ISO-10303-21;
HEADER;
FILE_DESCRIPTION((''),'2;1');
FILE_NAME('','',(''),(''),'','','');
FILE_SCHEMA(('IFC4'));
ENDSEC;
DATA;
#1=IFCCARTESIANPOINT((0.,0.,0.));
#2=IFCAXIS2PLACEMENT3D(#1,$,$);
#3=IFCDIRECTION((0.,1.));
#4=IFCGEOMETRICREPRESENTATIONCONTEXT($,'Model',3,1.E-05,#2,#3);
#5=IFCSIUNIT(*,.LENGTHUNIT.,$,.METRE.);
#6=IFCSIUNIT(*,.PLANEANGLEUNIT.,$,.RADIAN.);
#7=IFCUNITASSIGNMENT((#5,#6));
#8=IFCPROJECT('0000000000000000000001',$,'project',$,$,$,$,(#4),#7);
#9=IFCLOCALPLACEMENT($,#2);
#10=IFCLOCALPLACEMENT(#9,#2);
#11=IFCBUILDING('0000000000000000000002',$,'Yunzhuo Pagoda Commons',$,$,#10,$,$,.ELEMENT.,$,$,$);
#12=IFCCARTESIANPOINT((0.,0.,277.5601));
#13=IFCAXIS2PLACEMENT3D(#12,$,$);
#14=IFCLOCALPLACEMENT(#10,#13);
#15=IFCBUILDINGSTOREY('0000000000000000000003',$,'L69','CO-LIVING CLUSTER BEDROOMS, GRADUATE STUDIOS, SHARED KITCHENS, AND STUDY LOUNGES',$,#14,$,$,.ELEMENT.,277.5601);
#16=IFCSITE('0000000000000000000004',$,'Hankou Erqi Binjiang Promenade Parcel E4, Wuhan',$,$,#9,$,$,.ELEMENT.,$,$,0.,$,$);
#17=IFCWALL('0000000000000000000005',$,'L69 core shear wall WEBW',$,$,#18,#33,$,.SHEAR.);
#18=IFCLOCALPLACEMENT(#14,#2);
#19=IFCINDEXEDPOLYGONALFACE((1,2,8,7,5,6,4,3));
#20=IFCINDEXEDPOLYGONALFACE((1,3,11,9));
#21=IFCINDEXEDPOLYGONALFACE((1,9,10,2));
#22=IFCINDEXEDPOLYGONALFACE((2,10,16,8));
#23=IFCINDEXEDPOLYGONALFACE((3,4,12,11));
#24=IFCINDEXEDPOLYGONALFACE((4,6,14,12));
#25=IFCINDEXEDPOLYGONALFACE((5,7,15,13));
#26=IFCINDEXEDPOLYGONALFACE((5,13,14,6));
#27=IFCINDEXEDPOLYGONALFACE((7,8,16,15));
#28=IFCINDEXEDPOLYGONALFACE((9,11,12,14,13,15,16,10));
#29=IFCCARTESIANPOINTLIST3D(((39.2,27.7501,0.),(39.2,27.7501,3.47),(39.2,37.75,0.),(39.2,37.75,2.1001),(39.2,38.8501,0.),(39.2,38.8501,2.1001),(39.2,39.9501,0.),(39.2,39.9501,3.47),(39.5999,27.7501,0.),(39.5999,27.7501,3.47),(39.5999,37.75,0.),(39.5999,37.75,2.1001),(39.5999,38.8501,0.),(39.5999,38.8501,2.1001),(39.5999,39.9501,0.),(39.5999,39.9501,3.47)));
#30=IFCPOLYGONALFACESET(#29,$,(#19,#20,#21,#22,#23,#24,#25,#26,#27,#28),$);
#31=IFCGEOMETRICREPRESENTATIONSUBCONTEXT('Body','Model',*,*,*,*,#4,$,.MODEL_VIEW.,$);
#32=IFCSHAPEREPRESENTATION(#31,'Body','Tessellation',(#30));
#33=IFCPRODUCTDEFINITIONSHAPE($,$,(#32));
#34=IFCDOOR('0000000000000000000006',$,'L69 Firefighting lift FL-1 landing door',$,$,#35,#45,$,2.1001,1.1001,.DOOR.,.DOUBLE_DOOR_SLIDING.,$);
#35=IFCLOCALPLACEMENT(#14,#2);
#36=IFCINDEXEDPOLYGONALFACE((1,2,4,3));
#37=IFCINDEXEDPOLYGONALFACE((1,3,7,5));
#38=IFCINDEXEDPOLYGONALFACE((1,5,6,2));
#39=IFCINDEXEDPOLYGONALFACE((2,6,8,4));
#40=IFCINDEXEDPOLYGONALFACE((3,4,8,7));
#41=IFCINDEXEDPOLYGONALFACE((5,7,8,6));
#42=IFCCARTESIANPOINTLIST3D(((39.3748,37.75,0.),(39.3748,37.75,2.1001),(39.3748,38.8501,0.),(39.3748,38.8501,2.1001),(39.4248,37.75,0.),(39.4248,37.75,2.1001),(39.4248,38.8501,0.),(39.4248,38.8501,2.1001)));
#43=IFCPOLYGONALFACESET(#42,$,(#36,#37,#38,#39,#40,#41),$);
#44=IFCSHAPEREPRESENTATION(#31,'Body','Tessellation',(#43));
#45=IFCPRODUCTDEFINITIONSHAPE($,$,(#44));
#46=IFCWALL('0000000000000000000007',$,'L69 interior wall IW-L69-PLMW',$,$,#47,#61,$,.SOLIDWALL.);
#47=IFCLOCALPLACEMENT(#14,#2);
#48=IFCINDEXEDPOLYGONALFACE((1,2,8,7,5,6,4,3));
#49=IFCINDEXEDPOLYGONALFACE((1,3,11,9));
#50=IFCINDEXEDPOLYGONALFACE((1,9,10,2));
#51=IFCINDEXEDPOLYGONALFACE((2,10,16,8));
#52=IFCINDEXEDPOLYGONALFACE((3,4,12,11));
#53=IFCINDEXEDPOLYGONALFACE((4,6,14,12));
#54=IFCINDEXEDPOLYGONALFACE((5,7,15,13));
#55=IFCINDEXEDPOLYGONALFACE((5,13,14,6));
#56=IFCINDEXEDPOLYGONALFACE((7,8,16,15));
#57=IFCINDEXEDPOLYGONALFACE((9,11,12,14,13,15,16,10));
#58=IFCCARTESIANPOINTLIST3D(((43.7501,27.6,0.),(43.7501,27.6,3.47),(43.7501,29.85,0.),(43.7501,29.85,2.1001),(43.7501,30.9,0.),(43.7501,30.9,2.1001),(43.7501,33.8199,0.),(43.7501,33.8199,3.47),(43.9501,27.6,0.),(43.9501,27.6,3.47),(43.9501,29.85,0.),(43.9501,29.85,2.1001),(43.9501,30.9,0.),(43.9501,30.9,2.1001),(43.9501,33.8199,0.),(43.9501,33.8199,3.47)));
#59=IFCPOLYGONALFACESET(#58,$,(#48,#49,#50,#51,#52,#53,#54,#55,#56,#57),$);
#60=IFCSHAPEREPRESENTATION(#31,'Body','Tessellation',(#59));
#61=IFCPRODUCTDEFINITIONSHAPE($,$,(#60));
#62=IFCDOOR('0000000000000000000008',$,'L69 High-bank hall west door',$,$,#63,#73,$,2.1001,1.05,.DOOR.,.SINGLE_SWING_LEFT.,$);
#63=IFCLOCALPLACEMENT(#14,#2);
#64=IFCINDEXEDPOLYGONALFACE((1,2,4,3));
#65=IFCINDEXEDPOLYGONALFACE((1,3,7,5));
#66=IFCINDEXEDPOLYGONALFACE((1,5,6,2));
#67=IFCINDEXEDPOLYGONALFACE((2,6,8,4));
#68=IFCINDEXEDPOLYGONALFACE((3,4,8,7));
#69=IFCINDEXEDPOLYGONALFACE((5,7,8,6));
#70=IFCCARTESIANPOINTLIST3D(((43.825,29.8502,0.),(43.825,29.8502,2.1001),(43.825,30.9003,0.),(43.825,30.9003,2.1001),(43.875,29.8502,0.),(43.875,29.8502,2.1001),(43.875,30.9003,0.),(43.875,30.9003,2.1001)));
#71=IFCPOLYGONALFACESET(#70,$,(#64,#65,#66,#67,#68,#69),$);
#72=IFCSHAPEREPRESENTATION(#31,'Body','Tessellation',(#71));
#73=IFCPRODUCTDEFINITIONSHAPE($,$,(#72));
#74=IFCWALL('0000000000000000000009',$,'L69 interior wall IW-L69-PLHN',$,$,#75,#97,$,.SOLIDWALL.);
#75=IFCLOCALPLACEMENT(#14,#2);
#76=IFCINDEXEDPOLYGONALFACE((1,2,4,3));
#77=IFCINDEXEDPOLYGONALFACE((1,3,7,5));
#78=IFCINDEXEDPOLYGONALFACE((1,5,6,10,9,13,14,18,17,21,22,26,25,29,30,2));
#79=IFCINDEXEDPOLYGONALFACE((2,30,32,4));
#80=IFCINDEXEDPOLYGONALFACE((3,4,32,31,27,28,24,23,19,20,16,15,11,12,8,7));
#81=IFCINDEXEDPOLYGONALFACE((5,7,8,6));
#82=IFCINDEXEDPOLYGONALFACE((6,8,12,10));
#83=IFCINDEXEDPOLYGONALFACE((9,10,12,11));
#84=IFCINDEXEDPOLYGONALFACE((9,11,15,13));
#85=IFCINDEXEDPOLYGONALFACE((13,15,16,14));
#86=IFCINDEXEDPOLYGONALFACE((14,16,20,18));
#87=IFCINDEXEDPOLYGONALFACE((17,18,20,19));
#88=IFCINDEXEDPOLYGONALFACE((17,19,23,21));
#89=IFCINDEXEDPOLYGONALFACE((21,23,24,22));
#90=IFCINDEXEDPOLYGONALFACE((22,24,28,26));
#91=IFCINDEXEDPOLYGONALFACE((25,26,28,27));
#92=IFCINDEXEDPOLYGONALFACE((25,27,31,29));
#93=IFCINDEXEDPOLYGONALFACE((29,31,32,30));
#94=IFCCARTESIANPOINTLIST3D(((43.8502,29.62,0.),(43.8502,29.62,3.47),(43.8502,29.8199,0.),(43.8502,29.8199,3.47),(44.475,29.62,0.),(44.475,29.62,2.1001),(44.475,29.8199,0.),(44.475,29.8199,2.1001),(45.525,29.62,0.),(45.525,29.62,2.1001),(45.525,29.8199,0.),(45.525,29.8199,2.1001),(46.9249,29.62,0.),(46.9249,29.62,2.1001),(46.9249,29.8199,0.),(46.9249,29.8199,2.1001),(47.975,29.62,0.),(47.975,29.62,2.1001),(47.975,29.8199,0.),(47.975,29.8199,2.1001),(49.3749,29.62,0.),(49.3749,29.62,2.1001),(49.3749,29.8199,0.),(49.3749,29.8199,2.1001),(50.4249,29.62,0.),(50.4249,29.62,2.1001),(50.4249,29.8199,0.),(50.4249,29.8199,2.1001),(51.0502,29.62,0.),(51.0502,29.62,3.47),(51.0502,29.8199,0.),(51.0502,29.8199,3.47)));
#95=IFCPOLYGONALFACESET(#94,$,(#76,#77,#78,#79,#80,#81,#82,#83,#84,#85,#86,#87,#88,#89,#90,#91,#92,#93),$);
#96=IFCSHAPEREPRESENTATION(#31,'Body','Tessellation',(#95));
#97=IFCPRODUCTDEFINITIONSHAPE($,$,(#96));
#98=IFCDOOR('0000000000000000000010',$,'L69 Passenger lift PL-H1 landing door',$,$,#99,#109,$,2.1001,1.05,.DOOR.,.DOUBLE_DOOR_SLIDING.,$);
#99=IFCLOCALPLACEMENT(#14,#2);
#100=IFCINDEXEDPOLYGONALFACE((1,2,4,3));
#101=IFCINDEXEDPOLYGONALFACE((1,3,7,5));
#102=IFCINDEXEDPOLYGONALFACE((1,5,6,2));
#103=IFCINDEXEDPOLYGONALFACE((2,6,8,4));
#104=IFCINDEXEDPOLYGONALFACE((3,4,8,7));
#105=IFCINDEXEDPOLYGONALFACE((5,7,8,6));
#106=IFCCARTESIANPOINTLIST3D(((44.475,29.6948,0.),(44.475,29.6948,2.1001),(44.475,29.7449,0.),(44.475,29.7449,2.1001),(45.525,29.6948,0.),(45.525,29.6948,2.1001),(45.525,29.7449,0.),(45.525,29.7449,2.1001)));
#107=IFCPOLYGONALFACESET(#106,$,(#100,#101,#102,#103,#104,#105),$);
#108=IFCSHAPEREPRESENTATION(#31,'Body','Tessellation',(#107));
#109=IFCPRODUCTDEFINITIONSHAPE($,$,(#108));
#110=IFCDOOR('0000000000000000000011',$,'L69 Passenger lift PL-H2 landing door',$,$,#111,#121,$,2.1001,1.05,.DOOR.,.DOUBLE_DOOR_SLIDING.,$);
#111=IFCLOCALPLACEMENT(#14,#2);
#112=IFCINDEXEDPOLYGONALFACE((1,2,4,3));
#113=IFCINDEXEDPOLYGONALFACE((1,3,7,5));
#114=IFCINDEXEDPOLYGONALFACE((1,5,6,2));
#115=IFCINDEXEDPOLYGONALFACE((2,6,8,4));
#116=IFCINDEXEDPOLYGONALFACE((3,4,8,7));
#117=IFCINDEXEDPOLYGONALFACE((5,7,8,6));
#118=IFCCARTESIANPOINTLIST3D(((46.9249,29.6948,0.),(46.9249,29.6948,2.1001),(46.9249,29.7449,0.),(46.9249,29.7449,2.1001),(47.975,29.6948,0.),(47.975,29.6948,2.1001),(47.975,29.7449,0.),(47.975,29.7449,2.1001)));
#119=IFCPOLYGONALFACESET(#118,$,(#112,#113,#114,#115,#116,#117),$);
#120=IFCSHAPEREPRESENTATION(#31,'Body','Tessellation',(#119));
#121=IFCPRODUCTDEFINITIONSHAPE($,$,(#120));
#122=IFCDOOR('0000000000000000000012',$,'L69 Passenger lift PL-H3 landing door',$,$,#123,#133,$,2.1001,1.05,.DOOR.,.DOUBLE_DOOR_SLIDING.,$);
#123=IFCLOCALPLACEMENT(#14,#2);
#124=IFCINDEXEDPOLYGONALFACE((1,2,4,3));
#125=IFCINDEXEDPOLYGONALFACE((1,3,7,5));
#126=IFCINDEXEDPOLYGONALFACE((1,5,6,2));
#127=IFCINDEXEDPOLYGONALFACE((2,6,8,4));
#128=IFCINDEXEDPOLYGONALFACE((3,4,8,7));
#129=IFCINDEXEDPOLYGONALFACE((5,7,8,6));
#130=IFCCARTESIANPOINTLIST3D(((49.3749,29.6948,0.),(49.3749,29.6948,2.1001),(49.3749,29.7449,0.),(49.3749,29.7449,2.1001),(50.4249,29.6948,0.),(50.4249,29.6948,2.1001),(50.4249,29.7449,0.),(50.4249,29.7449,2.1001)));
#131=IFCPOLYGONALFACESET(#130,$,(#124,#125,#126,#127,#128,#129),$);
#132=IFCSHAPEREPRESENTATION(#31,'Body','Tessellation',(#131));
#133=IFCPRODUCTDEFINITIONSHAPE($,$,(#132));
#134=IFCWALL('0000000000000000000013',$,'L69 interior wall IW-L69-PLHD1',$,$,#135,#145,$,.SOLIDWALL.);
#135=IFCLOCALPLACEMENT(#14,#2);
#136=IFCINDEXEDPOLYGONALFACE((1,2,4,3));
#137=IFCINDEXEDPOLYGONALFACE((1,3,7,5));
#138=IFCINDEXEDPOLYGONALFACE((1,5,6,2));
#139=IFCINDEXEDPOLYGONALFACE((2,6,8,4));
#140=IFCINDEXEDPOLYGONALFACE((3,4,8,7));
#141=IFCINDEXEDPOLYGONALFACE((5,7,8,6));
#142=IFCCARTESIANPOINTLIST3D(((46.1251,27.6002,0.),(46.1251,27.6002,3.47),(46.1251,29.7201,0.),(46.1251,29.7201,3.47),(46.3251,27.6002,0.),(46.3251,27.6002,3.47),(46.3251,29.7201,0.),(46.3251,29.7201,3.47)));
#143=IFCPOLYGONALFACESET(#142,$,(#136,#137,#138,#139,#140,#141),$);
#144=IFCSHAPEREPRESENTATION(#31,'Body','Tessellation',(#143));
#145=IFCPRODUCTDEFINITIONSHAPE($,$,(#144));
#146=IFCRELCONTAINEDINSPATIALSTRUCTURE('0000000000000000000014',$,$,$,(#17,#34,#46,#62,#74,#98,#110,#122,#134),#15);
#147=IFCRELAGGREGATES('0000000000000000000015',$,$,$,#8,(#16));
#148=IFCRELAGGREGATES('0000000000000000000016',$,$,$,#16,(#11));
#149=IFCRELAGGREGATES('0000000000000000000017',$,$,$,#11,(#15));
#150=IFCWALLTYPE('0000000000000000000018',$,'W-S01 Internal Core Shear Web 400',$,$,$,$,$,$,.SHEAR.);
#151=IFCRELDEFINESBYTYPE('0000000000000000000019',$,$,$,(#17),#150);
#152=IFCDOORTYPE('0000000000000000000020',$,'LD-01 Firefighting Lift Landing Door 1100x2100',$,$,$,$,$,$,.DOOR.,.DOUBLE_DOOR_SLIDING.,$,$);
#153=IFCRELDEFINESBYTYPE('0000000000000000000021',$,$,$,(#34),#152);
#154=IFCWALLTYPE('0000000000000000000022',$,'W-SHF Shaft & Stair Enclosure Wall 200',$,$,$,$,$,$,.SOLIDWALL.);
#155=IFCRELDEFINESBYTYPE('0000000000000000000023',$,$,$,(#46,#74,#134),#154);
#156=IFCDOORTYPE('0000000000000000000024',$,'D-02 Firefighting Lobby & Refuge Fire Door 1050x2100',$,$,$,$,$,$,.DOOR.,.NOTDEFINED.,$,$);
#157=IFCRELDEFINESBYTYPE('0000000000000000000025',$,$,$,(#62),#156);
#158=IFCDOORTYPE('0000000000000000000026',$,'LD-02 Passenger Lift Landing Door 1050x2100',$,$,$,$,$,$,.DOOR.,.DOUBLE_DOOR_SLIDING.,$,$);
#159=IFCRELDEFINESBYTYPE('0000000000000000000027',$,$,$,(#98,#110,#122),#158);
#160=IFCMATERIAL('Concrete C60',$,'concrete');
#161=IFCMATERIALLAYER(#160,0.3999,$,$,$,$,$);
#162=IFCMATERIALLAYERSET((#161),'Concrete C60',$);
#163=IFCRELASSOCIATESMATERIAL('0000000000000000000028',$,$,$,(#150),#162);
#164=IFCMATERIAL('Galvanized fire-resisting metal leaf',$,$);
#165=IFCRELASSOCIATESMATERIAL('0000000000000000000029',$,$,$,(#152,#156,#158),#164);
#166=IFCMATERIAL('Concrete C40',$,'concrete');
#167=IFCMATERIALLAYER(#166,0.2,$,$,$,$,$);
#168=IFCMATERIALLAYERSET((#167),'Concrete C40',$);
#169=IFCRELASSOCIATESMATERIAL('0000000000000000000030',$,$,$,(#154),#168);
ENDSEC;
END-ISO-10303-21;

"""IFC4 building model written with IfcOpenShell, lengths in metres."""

from ifc_helpers import new_model, si_unit, direction, frame, frame_2d, origin, origin_with_axes, place, context, subcontext, project, spatial, rectangle, extrude, source, transform, mapped, material, layer, layer_set, type_object, element, fill, save


model = new_model("IFC4")

# Units and contexts
model_context = context("Model", 3, precision=1e-05, world=origin(), true_north=direction((0.0, 1.0)))
body_context = subcontext(model_context, "Body", "Model", "MODEL_VIEW")
ifc_project = project(units=[si_unit("LENGTHUNIT", "METRE"), si_unit("PLANEANGLEUNIT", "RADIAN")], contexts=[model_context])

# Site, building, storey
site_placement = place(None, origin())
site = spatial("IfcSite", under=ifc_project, at=site_placement, Name="Hankou Erqi Binjiang Promenade Parcel E4, Wuhan", CompositionType="ELEMENT", RefElevation=0.0)
building_placement = place(site_placement, origin())
building = spatial("IfcBuilding", under=site, at=building_placement, Name="Yunzhuo Pagoda Commons", CompositionType="ELEMENT")
storey_placement = place(building_placement, frame((0.0, 0.0, 277.5601)))
storey = spatial("IfcBuildingStorey", under=building, at=storey_placement, Name="L69", Description="CO-LIVING CLUSTER BEDROOMS, GRADUATE STUDIOS, SHARED KITCHENS, AND STUDY LOUNGES", CompositionType="ELEMENT", Elevation=277.5601)

# Shared definitions
ifc_material_1 = material(Name="Galvanized fire-resisting metal leaf")

# Walls, openings, doors
ifc_material_2 = material(Name="Concrete C60", Category="concrete")
ifc_layer_1 = layer(ifc_material_2, 0.3999)
ifc_layer_set_1 = layer_set([ifc_layer_1], Name="Concrete C60")
wall_type_1 = type_object("IfcWallType", Name="W-S01 Internal Core Shear Web 400", PredefinedType="SHEAR", material=ifc_layer_set_1)
wall_1_placement = place(storey_placement, frame((39.3999, 27.75, 0.0), z_axis=(0.0, 0.0, 1.0), x_axis=(0.0, 1.0, 0.0)))
wall_1 = element("IfcWall", 1, at=wall_1_placement, inside=storey, type_object=wall_type_1, Name="L69 core shear wall WEBW", PredefinedType="SHEAR", context=body_context, shape_type="SweptSolid", body=[
    extrude(rectangle(XDim=12.2, YDim=0.3999, at=frame_2d((6.1001, 0.0))), origin(), (0.0, 0.0, 1.0), 3.47),
])
opening_1_placement = place(wall_1_placement, frame((10.0, 0.0, 0.0)))
opening_1 = element("IfcOpeningElement", 2, at=opening_1_placement, cuts=wall_1, PredefinedType="OPENING", context=body_context, shape_type="SweptSolid", body=[
    extrude(rectangle(XDim=1.1001, YDim=2.1001, at=frame_2d((0.55, 1.05))), frame((0.0, 0.21, 0.0), z_axis=(0.0, -1.0, 0.0), x_axis=(1.0, 0.0, 0.0)), (0.0, 0.0, 1.0), 0.4199),
])
door_type_1 = type_object("IfcDoorType", Name="LD-01 Firefighting Lift Landing Door 1100x2100", OperationType="DOUBLE_DOOR_SLIDING", PredefinedType="DOOR", material=ifc_material_1)
shared_shape_1 = source(origin(), body_context, "Body", "SweptSolid", [
    extrude(rectangle(XDim=1.1001, YDim=2.1001, at=frame_2d((0.55, 1.05))), frame((0.0, 0.0249, 0.0), z_axis=(0.0, -1.0, 0.0), x_axis=(1.0, 0.0, 0.0)), (0.0, 0.0, 1.0), 0.05),
])
door_1_placement = place(opening_1_placement, frame((1.1001, 0.0, 0.0), z_axis=(0.0, 0.0, 1.0), x_axis=(-1.0, 0.0, 0.0)))
door_1 = element("IfcDoor", 3, at=door_1_placement, inside=storey, type_object=door_type_1, Name="L69 Firefighting lift FL-1 landing door", OperationType="DOUBLE_DOOR_SLIDING", OverallHeight=2.1001, OverallWidth=1.1001, PredefinedType="DOOR", context=body_context, shape_type="MappedRepresentation", body=[
    mapped(shared_shape_1, transform((0.0, 0.0, 0.0), scale=1.0)),
])
fill(opening_1, door_1)
ifc_material_3 = material(Name="Concrete C40", Category="concrete")
ifc_layer_2 = layer(ifc_material_3, 0.2)
ifc_layer_set_2 = layer_set([ifc_layer_2], Name="Concrete C40")
wall_type_2 = type_object("IfcWallType", Name="W-SHF Shaft & Stair Enclosure Wall 200", PredefinedType="SOLIDWALL", material=ifc_layer_set_2)
wall_2_placement = place(storey_placement, frame((43.8501, 27.6001, 0.0), z_axis=(0.0, 0.0, 1.0), x_axis=(0.0, 1.0, 0.0)))
wall_2 = element("IfcWall", 4, at=wall_2_placement, inside=storey, type_object=wall_type_2, Name="L69 interior wall IW-L69-PLMW", PredefinedType="SOLIDWALL", context=body_context, shape_type="SweptSolid", body=[
    extrude(rectangle(XDim=6.22, YDim=0.2, at=frame_2d((3.1099, 0.0))), origin(), (0.0, 0.0, 1.0), 3.47),
])
opening_2_placement = place(wall_2_placement, frame((2.25, 0.0, 0.0)))
opening_2 = element("IfcOpeningElement", 5, at=opening_2_placement, cuts=wall_2, PredefinedType="OPENING", context=body_context, shape_type="SweptSolid", body=[
    extrude(rectangle(XDim=1.05, YDim=2.1001, at=frame_2d((0.5249, 1.05))), frame((0.0, 0.1099, 0.0), z_axis=(0.0, -1.0, 0.0), x_axis=(1.0, 0.0, 0.0)), (0.0, 0.0, 1.0), 0.22),
])
door_type_2 = type_object("IfcDoorType", Name="D-02 Firefighting Lobby & Refuge Fire Door 1050x2100", OperationType="NOTDEFINED", PredefinedType="DOOR", material=ifc_material_1)
shared_shape_2 = source(origin(), body_context, "Body", "SweptSolid", [
    extrude(rectangle(XDim=1.05, YDim=2.1001, at=frame_2d((0.5249, 1.05))), frame((0.0, 0.0249, 0.0), z_axis=(0.0, -1.0, 0.0), x_axis=(1.0, 0.0, 0.0)), (0.0, 0.0, 1.0), 0.05),
])
door_2_placement = place(opening_2_placement, frame((1.05, 0.0, 0.0), z_axis=(0.0, 0.0, 1.0), x_axis=(-1.0, 0.0, 0.0)))
door_2 = element("IfcDoor", 6, at=door_2_placement, inside=storey, type_object=door_type_2, Name="L69 High-bank hall west door", OperationType="SINGLE_SWING_LEFT", OverallHeight=2.1001, OverallWidth=1.05, PredefinedType="DOOR", context=body_context, shape_type="MappedRepresentation", body=[
    mapped(shared_shape_2, transform((0.0, 0.0, 0.0), scale=1.0)),
])
fill(opening_2, door_2)

# Wall, openings, doors
wall_3_placement = place(storey_placement, frame((43.8501, 29.72, 0.0), z_axis=(0.0, 0.0, 1.0), x_axis=(1.0, 0.0, 0.0)))
wall_3 = element("IfcWall", 7, at=wall_3_placement, inside=storey, type_object=wall_type_2, Name="L69 interior wall IW-L69-PLHN", PredefinedType="SOLIDWALL", context=body_context, shape_type="SweptSolid", body=[
    extrude(rectangle(XDim=7.2, YDim=0.2, at=frame_2d((3.6001, 0.0))), origin(), (0.0, 0.0, 1.0), 3.47),
])
opening_3_placement = place(wall_3_placement, frame((0.625, 0.0, 0.0)))
opening_3 = element("IfcOpeningElement", 8, at=opening_3_placement, cuts=wall_3, PredefinedType="OPENING", context=body_context, shape_type="SweptSolid", body=[
    extrude(rectangle(XDim=1.05, YDim=2.1001, at=frame_2d((0.5249, 1.05))), frame((0.0, 0.1099, 0.0), z_axis=(0.0, -1.0, 0.0), x_axis=(1.0, 0.0, 0.0)), (0.0, 0.0, 1.0), 0.22),
])
opening_4_placement = place(wall_3_placement, frame((3.075, 0.0, 0.0)))
opening_4 = element("IfcOpeningElement", 9, at=opening_4_placement, cuts=wall_3, PredefinedType="OPENING", context=body_context, shape_type="SweptSolid", body=[
    extrude(rectangle(XDim=1.05, YDim=2.1001, at=frame_2d((0.5249, 1.05))), frame((0.0, 0.1099, 0.0), z_axis=(0.0, -1.0, 0.0), x_axis=(1.0, 0.0, 0.0)), (0.0, 0.0, 1.0), 0.22),
])
opening_5_placement = place(wall_3_placement, frame((5.5249, 0.0, 0.0)))
opening_5 = element("IfcOpeningElement", 10, at=opening_5_placement, cuts=wall_3, PredefinedType="OPENING", context=body_context, shape_type="SweptSolid", body=[
    extrude(rectangle(XDim=1.05, YDim=2.1001, at=frame_2d((0.5249, 1.05))), frame((0.0, 0.1099, 0.0), z_axis=(0.0, -1.0, 0.0), x_axis=(1.0, 0.0, 0.0)), (0.0, 0.0, 1.0), 0.22),
])
door_type_3 = type_object("IfcDoorType", Name="LD-02 Passenger Lift Landing Door 1050x2100", OperationType="DOUBLE_DOOR_SLIDING", PredefinedType="DOOR", material=ifc_material_1)
door_3_placement = place(opening_3_placement, origin_with_axes())
door_3 = element("IfcDoor", 11, at=door_3_placement, inside=storey, type_object=door_type_3, Name="L69 Passenger lift PL-H1 landing door", OperationType="DOUBLE_DOOR_SLIDING", OverallHeight=2.1001, OverallWidth=1.05, PredefinedType="DOOR", context=body_context, shape_type="MappedRepresentation", body=[
    mapped(shared_shape_2, transform((0.0, 0.0, 0.0), scale=1.0)),
])
fill(opening_3, door_3)
door_4_placement = place(opening_4_placement, origin_with_axes())
door_4 = element("IfcDoor", 12, at=door_4_placement, inside=storey, type_object=door_type_3, Name="L69 Passenger lift PL-H2 landing door", OperationType="DOUBLE_DOOR_SLIDING", OverallHeight=2.1001, OverallWidth=1.05, PredefinedType="DOOR", context=body_context, shape_type="MappedRepresentation", body=[
    mapped(shared_shape_2, transform((0.0, 0.0, 0.0), scale=1.0)),
])
fill(opening_4, door_4)
door_5_placement = place(opening_5_placement, origin_with_axes())
door_5 = element("IfcDoor", 13, at=door_5_placement, inside=storey, type_object=door_type_3, Name="L69 Passenger lift PL-H3 landing door", OperationType="DOUBLE_DOOR_SLIDING", OverallHeight=2.1001, OverallWidth=1.05, PredefinedType="DOOR", context=body_context, shape_type="MappedRepresentation", body=[
    mapped(shared_shape_2, transform((0.0, 0.0, 0.0), scale=1.0)),
])
fill(opening_5, door_5)

# Wall
wall_4_placement = place(storey_placement, frame((46.2251, 27.6001, 0.0), z_axis=(0.0, 0.0, 1.0), x_axis=(0.0, 1.0, 0.0)))
element("IfcWall", 14, at=wall_4_placement, inside=storey, type_object=wall_type_2, Name="L69 interior wall IW-L69-PLHD1", PredefinedType="SOLIDWALL", context=body_context, shape_type="SweptSolid", body=[
    extrude(rectangle(XDim=2.1199, YDim=0.2, at=frame_2d((1.0601, 0.0))), origin(), (0.0, 0.0, 1.0), 3.47),
])

save(model, "model.ifc")
